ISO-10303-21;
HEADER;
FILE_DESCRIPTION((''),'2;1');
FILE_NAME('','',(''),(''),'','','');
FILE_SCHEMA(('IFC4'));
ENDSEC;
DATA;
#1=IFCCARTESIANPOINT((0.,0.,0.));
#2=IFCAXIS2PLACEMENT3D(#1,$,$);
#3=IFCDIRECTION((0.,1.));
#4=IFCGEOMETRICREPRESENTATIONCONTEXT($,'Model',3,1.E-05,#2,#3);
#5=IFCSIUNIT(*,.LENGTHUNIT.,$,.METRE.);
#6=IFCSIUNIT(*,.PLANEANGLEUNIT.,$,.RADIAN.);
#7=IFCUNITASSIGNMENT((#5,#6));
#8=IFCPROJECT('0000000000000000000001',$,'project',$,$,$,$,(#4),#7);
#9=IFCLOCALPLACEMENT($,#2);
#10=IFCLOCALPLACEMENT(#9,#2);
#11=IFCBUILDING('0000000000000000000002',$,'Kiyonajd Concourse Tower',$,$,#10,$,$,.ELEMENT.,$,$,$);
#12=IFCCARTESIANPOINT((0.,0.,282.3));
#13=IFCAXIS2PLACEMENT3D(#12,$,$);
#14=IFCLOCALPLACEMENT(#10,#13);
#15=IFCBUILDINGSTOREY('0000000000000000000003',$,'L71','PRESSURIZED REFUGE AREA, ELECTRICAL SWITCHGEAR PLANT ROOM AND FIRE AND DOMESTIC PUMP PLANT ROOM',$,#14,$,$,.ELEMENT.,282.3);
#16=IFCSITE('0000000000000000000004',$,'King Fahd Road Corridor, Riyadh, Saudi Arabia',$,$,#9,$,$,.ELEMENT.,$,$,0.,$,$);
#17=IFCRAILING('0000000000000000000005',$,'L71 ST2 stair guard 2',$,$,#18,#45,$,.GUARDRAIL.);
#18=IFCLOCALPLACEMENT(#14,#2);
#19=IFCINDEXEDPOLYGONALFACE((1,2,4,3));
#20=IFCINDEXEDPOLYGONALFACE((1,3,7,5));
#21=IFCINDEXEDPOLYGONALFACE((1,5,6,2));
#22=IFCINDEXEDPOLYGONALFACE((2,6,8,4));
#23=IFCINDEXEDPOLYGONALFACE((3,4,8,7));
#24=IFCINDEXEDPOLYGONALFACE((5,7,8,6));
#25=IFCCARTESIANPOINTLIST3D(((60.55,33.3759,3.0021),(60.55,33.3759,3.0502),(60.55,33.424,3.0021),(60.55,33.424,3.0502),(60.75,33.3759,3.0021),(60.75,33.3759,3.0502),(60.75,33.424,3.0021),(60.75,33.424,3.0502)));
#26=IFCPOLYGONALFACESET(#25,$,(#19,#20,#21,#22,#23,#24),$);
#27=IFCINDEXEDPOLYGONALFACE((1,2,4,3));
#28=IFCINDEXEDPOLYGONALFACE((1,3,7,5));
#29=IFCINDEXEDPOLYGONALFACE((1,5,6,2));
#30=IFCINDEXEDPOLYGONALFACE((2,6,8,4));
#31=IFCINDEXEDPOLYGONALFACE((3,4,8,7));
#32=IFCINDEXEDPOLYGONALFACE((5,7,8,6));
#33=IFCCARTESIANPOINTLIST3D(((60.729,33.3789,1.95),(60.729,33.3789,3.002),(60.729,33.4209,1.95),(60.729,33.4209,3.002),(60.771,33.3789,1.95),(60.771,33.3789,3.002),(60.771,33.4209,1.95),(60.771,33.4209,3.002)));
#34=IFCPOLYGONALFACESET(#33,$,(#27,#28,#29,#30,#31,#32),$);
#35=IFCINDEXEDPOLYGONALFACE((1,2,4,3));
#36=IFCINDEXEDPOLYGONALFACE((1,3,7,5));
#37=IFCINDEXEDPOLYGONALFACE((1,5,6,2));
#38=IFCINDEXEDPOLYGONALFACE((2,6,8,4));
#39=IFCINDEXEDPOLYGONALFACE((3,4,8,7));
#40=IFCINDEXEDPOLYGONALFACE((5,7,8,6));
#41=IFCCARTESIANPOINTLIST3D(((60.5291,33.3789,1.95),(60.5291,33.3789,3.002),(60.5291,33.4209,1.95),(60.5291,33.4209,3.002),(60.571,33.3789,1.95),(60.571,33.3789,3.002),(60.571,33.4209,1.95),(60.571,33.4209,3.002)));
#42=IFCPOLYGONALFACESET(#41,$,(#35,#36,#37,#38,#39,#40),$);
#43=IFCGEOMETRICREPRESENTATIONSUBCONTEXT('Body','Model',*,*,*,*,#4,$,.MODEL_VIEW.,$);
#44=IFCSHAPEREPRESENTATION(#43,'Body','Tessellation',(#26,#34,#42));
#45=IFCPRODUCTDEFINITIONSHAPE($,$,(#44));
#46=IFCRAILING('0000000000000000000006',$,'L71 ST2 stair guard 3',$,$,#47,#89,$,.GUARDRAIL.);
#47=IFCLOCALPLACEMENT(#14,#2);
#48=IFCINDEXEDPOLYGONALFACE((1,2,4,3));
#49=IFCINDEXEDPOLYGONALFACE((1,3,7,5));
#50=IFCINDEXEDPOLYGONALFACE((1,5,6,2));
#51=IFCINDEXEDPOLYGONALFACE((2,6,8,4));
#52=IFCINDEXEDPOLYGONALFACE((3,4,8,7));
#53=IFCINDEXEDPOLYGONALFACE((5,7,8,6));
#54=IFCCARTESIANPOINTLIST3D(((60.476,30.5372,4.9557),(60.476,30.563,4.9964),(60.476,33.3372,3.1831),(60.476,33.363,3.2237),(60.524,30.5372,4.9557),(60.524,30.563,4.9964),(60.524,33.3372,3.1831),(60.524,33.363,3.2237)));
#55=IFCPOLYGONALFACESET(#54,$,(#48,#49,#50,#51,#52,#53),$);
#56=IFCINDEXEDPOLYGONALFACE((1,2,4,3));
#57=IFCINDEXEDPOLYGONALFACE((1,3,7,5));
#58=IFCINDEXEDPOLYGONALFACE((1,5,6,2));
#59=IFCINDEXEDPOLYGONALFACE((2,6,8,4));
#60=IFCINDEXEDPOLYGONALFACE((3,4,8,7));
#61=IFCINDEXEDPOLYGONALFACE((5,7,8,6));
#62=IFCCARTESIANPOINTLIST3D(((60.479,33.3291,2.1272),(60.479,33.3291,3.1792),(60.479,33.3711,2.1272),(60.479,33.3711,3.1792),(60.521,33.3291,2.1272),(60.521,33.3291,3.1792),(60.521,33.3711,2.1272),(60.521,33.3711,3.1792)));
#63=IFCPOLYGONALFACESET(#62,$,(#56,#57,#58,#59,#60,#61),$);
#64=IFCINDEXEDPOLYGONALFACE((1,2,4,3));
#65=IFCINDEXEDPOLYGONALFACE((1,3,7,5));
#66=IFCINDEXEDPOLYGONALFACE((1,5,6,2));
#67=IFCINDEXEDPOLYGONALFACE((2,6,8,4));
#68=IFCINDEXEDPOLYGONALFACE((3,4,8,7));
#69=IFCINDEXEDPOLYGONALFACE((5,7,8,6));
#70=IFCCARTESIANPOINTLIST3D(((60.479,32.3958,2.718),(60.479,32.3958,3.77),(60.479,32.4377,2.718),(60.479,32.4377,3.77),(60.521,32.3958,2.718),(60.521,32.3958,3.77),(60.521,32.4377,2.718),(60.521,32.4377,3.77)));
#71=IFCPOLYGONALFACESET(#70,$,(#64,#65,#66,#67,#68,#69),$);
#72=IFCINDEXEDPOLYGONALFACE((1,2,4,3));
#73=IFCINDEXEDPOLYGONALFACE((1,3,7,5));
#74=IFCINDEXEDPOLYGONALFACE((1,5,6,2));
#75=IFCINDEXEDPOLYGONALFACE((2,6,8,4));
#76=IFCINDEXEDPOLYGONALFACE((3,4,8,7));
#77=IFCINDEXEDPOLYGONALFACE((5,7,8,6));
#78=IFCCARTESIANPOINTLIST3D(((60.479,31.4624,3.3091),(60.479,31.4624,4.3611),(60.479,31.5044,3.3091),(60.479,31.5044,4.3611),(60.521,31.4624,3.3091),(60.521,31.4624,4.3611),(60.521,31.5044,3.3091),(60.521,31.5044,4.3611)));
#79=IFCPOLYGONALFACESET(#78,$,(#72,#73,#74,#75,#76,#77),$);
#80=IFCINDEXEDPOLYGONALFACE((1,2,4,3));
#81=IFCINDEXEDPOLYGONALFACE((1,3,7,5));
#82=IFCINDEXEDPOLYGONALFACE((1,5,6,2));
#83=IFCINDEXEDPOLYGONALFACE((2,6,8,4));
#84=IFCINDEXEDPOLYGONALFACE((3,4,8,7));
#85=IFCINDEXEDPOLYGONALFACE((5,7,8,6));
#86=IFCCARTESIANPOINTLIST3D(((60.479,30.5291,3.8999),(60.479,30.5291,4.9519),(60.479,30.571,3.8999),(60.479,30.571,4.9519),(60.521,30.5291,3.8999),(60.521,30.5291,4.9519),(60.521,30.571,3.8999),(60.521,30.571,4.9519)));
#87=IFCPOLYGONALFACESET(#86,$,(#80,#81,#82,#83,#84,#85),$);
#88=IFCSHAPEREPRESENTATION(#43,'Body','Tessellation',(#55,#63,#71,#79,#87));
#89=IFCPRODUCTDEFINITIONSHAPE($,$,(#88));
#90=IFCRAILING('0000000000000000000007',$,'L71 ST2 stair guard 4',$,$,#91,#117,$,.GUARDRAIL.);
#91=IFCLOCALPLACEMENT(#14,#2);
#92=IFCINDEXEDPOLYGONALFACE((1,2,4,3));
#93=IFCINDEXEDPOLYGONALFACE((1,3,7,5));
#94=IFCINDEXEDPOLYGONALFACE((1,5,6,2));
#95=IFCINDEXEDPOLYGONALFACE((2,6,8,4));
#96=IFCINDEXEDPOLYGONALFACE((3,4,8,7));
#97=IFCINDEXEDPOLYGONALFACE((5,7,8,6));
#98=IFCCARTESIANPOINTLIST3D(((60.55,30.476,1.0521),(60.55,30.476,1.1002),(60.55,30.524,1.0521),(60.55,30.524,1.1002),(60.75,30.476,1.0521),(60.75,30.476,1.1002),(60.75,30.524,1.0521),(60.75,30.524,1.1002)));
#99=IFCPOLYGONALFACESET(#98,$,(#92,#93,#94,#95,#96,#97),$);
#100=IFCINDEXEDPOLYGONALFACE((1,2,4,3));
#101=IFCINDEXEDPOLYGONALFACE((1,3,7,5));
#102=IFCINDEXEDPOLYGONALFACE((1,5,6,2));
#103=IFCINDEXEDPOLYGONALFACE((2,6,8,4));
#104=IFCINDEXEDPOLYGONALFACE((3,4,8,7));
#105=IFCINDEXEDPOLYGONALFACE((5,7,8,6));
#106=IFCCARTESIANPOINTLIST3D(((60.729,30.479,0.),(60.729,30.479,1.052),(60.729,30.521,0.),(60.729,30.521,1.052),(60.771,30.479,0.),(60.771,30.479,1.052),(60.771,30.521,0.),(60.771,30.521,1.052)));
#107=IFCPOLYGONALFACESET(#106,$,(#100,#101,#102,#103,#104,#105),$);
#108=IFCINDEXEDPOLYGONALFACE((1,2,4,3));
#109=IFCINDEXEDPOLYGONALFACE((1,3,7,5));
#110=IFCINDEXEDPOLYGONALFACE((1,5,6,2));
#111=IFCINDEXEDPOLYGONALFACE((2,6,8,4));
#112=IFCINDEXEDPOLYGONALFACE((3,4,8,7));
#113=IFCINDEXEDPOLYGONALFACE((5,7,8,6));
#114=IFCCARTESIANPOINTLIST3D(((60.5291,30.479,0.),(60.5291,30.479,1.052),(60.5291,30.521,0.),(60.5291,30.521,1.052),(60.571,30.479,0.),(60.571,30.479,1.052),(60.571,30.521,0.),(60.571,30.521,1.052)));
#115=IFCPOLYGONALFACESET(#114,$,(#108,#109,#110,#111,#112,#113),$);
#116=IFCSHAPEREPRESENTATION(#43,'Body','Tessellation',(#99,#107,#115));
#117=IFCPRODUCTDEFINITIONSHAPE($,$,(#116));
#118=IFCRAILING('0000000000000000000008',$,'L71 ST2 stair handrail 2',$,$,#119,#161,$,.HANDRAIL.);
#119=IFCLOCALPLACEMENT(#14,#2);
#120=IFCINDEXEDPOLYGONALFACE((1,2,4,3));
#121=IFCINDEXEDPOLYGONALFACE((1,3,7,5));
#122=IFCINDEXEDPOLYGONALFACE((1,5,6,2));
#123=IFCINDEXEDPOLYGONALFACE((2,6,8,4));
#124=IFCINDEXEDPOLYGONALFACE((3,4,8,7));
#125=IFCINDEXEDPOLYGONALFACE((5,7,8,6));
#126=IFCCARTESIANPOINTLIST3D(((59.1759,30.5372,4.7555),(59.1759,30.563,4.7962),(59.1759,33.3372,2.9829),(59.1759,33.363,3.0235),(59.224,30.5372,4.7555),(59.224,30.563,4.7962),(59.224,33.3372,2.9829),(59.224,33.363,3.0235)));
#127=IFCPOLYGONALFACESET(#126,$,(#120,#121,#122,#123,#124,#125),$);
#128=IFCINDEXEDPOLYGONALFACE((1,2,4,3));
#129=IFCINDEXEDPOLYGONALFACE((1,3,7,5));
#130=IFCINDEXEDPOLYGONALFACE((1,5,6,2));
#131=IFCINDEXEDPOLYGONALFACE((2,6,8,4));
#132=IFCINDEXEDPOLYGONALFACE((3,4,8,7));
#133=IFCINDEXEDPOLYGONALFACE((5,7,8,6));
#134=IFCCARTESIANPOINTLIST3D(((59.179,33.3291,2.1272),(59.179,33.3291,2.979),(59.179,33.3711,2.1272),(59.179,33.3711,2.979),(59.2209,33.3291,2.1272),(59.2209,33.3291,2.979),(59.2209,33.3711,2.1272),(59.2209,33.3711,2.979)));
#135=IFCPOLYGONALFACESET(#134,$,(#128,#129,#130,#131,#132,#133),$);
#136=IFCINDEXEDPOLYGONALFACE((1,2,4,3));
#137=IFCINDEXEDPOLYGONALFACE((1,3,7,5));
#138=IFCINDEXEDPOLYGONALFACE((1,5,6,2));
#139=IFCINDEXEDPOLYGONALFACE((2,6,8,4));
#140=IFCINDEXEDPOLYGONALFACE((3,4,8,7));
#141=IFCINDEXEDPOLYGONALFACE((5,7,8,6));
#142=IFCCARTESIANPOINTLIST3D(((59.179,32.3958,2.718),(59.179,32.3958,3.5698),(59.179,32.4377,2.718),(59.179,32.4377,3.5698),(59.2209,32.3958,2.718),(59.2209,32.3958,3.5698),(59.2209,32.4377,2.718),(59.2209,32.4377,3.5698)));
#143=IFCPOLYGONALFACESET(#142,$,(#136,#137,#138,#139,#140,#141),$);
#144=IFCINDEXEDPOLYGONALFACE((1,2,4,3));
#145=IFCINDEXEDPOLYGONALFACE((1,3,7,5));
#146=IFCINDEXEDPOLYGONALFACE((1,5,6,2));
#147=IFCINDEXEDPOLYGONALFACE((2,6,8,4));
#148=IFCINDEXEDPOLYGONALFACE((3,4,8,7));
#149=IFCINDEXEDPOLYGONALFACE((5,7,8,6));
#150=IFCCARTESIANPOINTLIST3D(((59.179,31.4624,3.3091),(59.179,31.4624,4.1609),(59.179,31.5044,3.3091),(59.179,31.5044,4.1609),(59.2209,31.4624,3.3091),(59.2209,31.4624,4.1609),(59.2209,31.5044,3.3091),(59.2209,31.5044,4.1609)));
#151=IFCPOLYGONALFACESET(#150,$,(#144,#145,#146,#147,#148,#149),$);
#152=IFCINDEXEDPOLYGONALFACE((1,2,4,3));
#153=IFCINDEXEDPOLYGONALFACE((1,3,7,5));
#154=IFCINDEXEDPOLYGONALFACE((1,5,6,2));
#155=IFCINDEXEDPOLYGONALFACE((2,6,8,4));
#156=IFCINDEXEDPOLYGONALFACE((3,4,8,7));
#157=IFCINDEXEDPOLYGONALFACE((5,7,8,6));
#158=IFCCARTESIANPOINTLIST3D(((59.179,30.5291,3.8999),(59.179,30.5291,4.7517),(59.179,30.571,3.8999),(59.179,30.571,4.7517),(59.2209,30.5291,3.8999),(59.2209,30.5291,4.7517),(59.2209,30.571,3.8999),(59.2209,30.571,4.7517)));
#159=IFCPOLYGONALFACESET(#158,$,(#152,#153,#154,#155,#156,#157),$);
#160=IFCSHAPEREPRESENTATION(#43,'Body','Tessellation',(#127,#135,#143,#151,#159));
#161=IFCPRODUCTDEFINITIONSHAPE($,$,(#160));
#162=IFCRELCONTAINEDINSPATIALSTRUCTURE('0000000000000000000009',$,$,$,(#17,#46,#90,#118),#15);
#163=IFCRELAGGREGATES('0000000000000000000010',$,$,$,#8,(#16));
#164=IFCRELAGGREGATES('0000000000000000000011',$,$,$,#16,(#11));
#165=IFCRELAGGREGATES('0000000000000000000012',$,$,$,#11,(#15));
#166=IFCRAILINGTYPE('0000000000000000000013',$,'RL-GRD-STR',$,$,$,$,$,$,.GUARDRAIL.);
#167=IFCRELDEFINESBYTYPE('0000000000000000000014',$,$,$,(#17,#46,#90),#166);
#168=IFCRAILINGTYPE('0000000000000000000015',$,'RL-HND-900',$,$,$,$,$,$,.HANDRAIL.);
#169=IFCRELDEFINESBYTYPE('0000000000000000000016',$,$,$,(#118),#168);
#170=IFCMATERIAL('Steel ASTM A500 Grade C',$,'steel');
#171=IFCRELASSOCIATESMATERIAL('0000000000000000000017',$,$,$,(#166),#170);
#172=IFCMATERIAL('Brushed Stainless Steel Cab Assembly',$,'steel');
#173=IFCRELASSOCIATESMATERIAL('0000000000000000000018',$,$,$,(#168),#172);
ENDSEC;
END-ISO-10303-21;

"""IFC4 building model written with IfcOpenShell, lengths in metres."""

from ifc_helpers import new_model, si_unit, direction, frame, origin, origin_2d, place, context, subcontext, project, spatial, rectangle, extrude, material, type_object, element, save


model = new_model("IFC4")

# Units and contexts
model_context = context("Model", 3, precision=1e-05, world=origin(), true_north=direction((0.0, 1.0)))
body_context = subcontext(model_context, "Body", "Model", "MODEL_VIEW")
ifc_project = project(units=[si_unit("LENGTHUNIT", "METRE"), si_unit("PLANEANGLEUNIT", "RADIAN")], contexts=[model_context])

# Site, building, storey
site_placement = place(None, origin())
site = spatial("IfcSite", under=ifc_project, at=site_placement, Name="King Fahd Road Corridor, Riyadh, Saudi Arabia", CompositionType="ELEMENT", RefElevation=0.0)
building_placement = place(site_placement, origin())
building = spatial("IfcBuilding", under=site, at=building_placement, Name="Kiyonajd Concourse Tower", CompositionType="ELEMENT")
storey_placement = place(building_placement, frame((0.0, 0.0, 282.3)))
storey = spatial("IfcBuildingStorey", under=building, at=storey_placement, Name="L71", Description="PRESSURIZED REFUGE AREA, ELECTRICAL SWITCHGEAR PLANT ROOM AND FIRE AND DOMESTIC PUMP PLANT ROOM", CompositionType="ELEMENT", Elevation=282.3)

# Shared definitions
ifc_material_1 = material(Name="Brushed Stainless Steel Cab Assembly", Category="steel")

# Railings
ifc_material_2 = material(Name="Steel ASTM A500 Grade C", Category="steel")
railing_type_1 = type_object("IfcRailingType", Name="RL-GRD-STR", PredefinedType="GUARDRAIL", material=ifc_material_2)
railing_1_placement = place(storey_placement, frame((60.75, 33.3999, 1.95)))
element("IfcRailing", 1, at=railing_1_placement, inside=storey, type_object=railing_type_1, Name="L71 ST2 stair guard 2", PredefinedType="GUARDRAIL", context=body_context, shape_type="SweptSolid", body=[
    extrude(rectangle(XDim=0.0481, YDim=0.0481, at=origin_2d()), frame((0.0, 0.0, 1.0762), z_axis=(-1.0, 0.0, 0.0), x_axis=(0.0, -1.0, 0.0)), (0.0, 0.0, 1.0), 0.2),
    extrude(rectangle(XDim=0.042, YDim=0.042, at=origin_2d()), origin(), (0.0, 0.0, 1.0), 1.052),
    extrude(rectangle(XDim=0.042, YDim=0.042, at=origin_2d()), frame((-0.2, 0.0, 0.0)), (0.0, 0.0, 1.0), 1.052),
])
railing_2_placement = place(storey_placement, frame((60.5, 33.3501, 2.1272)))
element("IfcRailing", 2, at=railing_2_placement, inside=storey, type_object=railing_type_1, Name="L71 ST2 stair guard 3", PredefinedType="GUARDRAIL", context=body_context, shape_type="SweptSolid", body=[
    extrude(rectangle(XDim=0.0481, YDim=0.0481, at=origin_2d()), frame((0.0, 0.0, 1.0762), z_axis=(0.0, -0.844909, 0.53491), x_axis=(1.0, 0.0, 0.0)), (0.0, 0.0, 1.0), 3.314),
    extrude(rectangle(XDim=0.042, YDim=0.042, at=origin_2d()), origin(), (0.0, 0.0, 1.0), 1.052),
    extrude(rectangle(XDim=0.042, YDim=0.042, at=origin_2d()), frame((0.0, -0.9333, 0.5908)), (0.0, 0.0, 1.0), 1.052),
    extrude(rectangle(XDim=0.042, YDim=0.042, at=origin_2d()), frame((0.0, -1.8667, 1.1819)), (0.0, 0.0, 1.0), 1.052),
    extrude(rectangle(XDim=0.042, YDim=0.042, at=origin_2d()), frame((0.0, -2.8, 1.7727)), (0.0, 0.0, 1.0), 1.052),
])
railing_3_placement = place(storey_placement, frame((60.75, 30.5, 0.0)))
element("IfcRailing", 3, at=railing_3_placement, inside=storey, type_object=railing_type_1, Name="L71 ST2 stair guard 4", PredefinedType="GUARDRAIL", context=body_context, shape_type="SweptSolid", body=[
    extrude(rectangle(XDim=0.0481, YDim=0.0481, at=origin_2d()), frame((0.0, 0.0, 1.0762), z_axis=(-1.0, 0.0, 0.0), x_axis=(0.0, -1.0, 0.0)), (0.0, 0.0, 1.0), 0.2),
    extrude(rectangle(XDim=0.042, YDim=0.042, at=origin_2d()), origin(), (0.0, 0.0, 1.0), 1.052),
    extrude(rectangle(XDim=0.042, YDim=0.042, at=origin_2d()), frame((-0.2, 0.0, 0.0)), (0.0, 0.0, 1.0), 1.052),
])
railing_type_2 = type_object("IfcRailingType", Name="RL-HND-900", PredefinedType="HANDRAIL", material=ifc_material_1)
railing_4_placement = place(storey_placement, frame((59.2, 33.3501, 2.1272)))
element("IfcRailing", 4, at=railing_4_placement, inside=storey, type_object=railing_type_2, Name="L71 ST2 stair handrail 2", PredefinedType="HANDRAIL", context=body_context, shape_type="SweptSolid", body=[
    extrude(rectangle(XDim=0.0481, YDim=0.0481, at=origin_2d()), frame((0.0, 0.0, 0.876), z_axis=(0.0, -0.844909, 0.53491), x_axis=(1.0, 0.0, 0.0)), (0.0, 0.0, 1.0), 3.314),
    extrude(rectangle(XDim=0.042, YDim=0.042, at=origin_2d()), origin(), (0.0, 0.0, 1.0), 0.8518),
    extrude(rectangle(XDim=0.042, YDim=0.042, at=origin_2d()), frame((0.0, -0.9333, 0.5908)), (0.0, 0.0, 1.0), 0.8518),
    extrude(rectangle(XDim=0.042, YDim=0.042, at=origin_2d()), frame((0.0, -1.8667, 1.1819)), (0.0, 0.0, 1.0), 0.8518),
    extrude(rectangle(XDim=0.042, YDim=0.042, at=origin_2d()), frame((0.0, -2.8, 1.7727)), (0.0, 0.0, 1.0), 0.8518),
])

save(model, "model.ifc")
